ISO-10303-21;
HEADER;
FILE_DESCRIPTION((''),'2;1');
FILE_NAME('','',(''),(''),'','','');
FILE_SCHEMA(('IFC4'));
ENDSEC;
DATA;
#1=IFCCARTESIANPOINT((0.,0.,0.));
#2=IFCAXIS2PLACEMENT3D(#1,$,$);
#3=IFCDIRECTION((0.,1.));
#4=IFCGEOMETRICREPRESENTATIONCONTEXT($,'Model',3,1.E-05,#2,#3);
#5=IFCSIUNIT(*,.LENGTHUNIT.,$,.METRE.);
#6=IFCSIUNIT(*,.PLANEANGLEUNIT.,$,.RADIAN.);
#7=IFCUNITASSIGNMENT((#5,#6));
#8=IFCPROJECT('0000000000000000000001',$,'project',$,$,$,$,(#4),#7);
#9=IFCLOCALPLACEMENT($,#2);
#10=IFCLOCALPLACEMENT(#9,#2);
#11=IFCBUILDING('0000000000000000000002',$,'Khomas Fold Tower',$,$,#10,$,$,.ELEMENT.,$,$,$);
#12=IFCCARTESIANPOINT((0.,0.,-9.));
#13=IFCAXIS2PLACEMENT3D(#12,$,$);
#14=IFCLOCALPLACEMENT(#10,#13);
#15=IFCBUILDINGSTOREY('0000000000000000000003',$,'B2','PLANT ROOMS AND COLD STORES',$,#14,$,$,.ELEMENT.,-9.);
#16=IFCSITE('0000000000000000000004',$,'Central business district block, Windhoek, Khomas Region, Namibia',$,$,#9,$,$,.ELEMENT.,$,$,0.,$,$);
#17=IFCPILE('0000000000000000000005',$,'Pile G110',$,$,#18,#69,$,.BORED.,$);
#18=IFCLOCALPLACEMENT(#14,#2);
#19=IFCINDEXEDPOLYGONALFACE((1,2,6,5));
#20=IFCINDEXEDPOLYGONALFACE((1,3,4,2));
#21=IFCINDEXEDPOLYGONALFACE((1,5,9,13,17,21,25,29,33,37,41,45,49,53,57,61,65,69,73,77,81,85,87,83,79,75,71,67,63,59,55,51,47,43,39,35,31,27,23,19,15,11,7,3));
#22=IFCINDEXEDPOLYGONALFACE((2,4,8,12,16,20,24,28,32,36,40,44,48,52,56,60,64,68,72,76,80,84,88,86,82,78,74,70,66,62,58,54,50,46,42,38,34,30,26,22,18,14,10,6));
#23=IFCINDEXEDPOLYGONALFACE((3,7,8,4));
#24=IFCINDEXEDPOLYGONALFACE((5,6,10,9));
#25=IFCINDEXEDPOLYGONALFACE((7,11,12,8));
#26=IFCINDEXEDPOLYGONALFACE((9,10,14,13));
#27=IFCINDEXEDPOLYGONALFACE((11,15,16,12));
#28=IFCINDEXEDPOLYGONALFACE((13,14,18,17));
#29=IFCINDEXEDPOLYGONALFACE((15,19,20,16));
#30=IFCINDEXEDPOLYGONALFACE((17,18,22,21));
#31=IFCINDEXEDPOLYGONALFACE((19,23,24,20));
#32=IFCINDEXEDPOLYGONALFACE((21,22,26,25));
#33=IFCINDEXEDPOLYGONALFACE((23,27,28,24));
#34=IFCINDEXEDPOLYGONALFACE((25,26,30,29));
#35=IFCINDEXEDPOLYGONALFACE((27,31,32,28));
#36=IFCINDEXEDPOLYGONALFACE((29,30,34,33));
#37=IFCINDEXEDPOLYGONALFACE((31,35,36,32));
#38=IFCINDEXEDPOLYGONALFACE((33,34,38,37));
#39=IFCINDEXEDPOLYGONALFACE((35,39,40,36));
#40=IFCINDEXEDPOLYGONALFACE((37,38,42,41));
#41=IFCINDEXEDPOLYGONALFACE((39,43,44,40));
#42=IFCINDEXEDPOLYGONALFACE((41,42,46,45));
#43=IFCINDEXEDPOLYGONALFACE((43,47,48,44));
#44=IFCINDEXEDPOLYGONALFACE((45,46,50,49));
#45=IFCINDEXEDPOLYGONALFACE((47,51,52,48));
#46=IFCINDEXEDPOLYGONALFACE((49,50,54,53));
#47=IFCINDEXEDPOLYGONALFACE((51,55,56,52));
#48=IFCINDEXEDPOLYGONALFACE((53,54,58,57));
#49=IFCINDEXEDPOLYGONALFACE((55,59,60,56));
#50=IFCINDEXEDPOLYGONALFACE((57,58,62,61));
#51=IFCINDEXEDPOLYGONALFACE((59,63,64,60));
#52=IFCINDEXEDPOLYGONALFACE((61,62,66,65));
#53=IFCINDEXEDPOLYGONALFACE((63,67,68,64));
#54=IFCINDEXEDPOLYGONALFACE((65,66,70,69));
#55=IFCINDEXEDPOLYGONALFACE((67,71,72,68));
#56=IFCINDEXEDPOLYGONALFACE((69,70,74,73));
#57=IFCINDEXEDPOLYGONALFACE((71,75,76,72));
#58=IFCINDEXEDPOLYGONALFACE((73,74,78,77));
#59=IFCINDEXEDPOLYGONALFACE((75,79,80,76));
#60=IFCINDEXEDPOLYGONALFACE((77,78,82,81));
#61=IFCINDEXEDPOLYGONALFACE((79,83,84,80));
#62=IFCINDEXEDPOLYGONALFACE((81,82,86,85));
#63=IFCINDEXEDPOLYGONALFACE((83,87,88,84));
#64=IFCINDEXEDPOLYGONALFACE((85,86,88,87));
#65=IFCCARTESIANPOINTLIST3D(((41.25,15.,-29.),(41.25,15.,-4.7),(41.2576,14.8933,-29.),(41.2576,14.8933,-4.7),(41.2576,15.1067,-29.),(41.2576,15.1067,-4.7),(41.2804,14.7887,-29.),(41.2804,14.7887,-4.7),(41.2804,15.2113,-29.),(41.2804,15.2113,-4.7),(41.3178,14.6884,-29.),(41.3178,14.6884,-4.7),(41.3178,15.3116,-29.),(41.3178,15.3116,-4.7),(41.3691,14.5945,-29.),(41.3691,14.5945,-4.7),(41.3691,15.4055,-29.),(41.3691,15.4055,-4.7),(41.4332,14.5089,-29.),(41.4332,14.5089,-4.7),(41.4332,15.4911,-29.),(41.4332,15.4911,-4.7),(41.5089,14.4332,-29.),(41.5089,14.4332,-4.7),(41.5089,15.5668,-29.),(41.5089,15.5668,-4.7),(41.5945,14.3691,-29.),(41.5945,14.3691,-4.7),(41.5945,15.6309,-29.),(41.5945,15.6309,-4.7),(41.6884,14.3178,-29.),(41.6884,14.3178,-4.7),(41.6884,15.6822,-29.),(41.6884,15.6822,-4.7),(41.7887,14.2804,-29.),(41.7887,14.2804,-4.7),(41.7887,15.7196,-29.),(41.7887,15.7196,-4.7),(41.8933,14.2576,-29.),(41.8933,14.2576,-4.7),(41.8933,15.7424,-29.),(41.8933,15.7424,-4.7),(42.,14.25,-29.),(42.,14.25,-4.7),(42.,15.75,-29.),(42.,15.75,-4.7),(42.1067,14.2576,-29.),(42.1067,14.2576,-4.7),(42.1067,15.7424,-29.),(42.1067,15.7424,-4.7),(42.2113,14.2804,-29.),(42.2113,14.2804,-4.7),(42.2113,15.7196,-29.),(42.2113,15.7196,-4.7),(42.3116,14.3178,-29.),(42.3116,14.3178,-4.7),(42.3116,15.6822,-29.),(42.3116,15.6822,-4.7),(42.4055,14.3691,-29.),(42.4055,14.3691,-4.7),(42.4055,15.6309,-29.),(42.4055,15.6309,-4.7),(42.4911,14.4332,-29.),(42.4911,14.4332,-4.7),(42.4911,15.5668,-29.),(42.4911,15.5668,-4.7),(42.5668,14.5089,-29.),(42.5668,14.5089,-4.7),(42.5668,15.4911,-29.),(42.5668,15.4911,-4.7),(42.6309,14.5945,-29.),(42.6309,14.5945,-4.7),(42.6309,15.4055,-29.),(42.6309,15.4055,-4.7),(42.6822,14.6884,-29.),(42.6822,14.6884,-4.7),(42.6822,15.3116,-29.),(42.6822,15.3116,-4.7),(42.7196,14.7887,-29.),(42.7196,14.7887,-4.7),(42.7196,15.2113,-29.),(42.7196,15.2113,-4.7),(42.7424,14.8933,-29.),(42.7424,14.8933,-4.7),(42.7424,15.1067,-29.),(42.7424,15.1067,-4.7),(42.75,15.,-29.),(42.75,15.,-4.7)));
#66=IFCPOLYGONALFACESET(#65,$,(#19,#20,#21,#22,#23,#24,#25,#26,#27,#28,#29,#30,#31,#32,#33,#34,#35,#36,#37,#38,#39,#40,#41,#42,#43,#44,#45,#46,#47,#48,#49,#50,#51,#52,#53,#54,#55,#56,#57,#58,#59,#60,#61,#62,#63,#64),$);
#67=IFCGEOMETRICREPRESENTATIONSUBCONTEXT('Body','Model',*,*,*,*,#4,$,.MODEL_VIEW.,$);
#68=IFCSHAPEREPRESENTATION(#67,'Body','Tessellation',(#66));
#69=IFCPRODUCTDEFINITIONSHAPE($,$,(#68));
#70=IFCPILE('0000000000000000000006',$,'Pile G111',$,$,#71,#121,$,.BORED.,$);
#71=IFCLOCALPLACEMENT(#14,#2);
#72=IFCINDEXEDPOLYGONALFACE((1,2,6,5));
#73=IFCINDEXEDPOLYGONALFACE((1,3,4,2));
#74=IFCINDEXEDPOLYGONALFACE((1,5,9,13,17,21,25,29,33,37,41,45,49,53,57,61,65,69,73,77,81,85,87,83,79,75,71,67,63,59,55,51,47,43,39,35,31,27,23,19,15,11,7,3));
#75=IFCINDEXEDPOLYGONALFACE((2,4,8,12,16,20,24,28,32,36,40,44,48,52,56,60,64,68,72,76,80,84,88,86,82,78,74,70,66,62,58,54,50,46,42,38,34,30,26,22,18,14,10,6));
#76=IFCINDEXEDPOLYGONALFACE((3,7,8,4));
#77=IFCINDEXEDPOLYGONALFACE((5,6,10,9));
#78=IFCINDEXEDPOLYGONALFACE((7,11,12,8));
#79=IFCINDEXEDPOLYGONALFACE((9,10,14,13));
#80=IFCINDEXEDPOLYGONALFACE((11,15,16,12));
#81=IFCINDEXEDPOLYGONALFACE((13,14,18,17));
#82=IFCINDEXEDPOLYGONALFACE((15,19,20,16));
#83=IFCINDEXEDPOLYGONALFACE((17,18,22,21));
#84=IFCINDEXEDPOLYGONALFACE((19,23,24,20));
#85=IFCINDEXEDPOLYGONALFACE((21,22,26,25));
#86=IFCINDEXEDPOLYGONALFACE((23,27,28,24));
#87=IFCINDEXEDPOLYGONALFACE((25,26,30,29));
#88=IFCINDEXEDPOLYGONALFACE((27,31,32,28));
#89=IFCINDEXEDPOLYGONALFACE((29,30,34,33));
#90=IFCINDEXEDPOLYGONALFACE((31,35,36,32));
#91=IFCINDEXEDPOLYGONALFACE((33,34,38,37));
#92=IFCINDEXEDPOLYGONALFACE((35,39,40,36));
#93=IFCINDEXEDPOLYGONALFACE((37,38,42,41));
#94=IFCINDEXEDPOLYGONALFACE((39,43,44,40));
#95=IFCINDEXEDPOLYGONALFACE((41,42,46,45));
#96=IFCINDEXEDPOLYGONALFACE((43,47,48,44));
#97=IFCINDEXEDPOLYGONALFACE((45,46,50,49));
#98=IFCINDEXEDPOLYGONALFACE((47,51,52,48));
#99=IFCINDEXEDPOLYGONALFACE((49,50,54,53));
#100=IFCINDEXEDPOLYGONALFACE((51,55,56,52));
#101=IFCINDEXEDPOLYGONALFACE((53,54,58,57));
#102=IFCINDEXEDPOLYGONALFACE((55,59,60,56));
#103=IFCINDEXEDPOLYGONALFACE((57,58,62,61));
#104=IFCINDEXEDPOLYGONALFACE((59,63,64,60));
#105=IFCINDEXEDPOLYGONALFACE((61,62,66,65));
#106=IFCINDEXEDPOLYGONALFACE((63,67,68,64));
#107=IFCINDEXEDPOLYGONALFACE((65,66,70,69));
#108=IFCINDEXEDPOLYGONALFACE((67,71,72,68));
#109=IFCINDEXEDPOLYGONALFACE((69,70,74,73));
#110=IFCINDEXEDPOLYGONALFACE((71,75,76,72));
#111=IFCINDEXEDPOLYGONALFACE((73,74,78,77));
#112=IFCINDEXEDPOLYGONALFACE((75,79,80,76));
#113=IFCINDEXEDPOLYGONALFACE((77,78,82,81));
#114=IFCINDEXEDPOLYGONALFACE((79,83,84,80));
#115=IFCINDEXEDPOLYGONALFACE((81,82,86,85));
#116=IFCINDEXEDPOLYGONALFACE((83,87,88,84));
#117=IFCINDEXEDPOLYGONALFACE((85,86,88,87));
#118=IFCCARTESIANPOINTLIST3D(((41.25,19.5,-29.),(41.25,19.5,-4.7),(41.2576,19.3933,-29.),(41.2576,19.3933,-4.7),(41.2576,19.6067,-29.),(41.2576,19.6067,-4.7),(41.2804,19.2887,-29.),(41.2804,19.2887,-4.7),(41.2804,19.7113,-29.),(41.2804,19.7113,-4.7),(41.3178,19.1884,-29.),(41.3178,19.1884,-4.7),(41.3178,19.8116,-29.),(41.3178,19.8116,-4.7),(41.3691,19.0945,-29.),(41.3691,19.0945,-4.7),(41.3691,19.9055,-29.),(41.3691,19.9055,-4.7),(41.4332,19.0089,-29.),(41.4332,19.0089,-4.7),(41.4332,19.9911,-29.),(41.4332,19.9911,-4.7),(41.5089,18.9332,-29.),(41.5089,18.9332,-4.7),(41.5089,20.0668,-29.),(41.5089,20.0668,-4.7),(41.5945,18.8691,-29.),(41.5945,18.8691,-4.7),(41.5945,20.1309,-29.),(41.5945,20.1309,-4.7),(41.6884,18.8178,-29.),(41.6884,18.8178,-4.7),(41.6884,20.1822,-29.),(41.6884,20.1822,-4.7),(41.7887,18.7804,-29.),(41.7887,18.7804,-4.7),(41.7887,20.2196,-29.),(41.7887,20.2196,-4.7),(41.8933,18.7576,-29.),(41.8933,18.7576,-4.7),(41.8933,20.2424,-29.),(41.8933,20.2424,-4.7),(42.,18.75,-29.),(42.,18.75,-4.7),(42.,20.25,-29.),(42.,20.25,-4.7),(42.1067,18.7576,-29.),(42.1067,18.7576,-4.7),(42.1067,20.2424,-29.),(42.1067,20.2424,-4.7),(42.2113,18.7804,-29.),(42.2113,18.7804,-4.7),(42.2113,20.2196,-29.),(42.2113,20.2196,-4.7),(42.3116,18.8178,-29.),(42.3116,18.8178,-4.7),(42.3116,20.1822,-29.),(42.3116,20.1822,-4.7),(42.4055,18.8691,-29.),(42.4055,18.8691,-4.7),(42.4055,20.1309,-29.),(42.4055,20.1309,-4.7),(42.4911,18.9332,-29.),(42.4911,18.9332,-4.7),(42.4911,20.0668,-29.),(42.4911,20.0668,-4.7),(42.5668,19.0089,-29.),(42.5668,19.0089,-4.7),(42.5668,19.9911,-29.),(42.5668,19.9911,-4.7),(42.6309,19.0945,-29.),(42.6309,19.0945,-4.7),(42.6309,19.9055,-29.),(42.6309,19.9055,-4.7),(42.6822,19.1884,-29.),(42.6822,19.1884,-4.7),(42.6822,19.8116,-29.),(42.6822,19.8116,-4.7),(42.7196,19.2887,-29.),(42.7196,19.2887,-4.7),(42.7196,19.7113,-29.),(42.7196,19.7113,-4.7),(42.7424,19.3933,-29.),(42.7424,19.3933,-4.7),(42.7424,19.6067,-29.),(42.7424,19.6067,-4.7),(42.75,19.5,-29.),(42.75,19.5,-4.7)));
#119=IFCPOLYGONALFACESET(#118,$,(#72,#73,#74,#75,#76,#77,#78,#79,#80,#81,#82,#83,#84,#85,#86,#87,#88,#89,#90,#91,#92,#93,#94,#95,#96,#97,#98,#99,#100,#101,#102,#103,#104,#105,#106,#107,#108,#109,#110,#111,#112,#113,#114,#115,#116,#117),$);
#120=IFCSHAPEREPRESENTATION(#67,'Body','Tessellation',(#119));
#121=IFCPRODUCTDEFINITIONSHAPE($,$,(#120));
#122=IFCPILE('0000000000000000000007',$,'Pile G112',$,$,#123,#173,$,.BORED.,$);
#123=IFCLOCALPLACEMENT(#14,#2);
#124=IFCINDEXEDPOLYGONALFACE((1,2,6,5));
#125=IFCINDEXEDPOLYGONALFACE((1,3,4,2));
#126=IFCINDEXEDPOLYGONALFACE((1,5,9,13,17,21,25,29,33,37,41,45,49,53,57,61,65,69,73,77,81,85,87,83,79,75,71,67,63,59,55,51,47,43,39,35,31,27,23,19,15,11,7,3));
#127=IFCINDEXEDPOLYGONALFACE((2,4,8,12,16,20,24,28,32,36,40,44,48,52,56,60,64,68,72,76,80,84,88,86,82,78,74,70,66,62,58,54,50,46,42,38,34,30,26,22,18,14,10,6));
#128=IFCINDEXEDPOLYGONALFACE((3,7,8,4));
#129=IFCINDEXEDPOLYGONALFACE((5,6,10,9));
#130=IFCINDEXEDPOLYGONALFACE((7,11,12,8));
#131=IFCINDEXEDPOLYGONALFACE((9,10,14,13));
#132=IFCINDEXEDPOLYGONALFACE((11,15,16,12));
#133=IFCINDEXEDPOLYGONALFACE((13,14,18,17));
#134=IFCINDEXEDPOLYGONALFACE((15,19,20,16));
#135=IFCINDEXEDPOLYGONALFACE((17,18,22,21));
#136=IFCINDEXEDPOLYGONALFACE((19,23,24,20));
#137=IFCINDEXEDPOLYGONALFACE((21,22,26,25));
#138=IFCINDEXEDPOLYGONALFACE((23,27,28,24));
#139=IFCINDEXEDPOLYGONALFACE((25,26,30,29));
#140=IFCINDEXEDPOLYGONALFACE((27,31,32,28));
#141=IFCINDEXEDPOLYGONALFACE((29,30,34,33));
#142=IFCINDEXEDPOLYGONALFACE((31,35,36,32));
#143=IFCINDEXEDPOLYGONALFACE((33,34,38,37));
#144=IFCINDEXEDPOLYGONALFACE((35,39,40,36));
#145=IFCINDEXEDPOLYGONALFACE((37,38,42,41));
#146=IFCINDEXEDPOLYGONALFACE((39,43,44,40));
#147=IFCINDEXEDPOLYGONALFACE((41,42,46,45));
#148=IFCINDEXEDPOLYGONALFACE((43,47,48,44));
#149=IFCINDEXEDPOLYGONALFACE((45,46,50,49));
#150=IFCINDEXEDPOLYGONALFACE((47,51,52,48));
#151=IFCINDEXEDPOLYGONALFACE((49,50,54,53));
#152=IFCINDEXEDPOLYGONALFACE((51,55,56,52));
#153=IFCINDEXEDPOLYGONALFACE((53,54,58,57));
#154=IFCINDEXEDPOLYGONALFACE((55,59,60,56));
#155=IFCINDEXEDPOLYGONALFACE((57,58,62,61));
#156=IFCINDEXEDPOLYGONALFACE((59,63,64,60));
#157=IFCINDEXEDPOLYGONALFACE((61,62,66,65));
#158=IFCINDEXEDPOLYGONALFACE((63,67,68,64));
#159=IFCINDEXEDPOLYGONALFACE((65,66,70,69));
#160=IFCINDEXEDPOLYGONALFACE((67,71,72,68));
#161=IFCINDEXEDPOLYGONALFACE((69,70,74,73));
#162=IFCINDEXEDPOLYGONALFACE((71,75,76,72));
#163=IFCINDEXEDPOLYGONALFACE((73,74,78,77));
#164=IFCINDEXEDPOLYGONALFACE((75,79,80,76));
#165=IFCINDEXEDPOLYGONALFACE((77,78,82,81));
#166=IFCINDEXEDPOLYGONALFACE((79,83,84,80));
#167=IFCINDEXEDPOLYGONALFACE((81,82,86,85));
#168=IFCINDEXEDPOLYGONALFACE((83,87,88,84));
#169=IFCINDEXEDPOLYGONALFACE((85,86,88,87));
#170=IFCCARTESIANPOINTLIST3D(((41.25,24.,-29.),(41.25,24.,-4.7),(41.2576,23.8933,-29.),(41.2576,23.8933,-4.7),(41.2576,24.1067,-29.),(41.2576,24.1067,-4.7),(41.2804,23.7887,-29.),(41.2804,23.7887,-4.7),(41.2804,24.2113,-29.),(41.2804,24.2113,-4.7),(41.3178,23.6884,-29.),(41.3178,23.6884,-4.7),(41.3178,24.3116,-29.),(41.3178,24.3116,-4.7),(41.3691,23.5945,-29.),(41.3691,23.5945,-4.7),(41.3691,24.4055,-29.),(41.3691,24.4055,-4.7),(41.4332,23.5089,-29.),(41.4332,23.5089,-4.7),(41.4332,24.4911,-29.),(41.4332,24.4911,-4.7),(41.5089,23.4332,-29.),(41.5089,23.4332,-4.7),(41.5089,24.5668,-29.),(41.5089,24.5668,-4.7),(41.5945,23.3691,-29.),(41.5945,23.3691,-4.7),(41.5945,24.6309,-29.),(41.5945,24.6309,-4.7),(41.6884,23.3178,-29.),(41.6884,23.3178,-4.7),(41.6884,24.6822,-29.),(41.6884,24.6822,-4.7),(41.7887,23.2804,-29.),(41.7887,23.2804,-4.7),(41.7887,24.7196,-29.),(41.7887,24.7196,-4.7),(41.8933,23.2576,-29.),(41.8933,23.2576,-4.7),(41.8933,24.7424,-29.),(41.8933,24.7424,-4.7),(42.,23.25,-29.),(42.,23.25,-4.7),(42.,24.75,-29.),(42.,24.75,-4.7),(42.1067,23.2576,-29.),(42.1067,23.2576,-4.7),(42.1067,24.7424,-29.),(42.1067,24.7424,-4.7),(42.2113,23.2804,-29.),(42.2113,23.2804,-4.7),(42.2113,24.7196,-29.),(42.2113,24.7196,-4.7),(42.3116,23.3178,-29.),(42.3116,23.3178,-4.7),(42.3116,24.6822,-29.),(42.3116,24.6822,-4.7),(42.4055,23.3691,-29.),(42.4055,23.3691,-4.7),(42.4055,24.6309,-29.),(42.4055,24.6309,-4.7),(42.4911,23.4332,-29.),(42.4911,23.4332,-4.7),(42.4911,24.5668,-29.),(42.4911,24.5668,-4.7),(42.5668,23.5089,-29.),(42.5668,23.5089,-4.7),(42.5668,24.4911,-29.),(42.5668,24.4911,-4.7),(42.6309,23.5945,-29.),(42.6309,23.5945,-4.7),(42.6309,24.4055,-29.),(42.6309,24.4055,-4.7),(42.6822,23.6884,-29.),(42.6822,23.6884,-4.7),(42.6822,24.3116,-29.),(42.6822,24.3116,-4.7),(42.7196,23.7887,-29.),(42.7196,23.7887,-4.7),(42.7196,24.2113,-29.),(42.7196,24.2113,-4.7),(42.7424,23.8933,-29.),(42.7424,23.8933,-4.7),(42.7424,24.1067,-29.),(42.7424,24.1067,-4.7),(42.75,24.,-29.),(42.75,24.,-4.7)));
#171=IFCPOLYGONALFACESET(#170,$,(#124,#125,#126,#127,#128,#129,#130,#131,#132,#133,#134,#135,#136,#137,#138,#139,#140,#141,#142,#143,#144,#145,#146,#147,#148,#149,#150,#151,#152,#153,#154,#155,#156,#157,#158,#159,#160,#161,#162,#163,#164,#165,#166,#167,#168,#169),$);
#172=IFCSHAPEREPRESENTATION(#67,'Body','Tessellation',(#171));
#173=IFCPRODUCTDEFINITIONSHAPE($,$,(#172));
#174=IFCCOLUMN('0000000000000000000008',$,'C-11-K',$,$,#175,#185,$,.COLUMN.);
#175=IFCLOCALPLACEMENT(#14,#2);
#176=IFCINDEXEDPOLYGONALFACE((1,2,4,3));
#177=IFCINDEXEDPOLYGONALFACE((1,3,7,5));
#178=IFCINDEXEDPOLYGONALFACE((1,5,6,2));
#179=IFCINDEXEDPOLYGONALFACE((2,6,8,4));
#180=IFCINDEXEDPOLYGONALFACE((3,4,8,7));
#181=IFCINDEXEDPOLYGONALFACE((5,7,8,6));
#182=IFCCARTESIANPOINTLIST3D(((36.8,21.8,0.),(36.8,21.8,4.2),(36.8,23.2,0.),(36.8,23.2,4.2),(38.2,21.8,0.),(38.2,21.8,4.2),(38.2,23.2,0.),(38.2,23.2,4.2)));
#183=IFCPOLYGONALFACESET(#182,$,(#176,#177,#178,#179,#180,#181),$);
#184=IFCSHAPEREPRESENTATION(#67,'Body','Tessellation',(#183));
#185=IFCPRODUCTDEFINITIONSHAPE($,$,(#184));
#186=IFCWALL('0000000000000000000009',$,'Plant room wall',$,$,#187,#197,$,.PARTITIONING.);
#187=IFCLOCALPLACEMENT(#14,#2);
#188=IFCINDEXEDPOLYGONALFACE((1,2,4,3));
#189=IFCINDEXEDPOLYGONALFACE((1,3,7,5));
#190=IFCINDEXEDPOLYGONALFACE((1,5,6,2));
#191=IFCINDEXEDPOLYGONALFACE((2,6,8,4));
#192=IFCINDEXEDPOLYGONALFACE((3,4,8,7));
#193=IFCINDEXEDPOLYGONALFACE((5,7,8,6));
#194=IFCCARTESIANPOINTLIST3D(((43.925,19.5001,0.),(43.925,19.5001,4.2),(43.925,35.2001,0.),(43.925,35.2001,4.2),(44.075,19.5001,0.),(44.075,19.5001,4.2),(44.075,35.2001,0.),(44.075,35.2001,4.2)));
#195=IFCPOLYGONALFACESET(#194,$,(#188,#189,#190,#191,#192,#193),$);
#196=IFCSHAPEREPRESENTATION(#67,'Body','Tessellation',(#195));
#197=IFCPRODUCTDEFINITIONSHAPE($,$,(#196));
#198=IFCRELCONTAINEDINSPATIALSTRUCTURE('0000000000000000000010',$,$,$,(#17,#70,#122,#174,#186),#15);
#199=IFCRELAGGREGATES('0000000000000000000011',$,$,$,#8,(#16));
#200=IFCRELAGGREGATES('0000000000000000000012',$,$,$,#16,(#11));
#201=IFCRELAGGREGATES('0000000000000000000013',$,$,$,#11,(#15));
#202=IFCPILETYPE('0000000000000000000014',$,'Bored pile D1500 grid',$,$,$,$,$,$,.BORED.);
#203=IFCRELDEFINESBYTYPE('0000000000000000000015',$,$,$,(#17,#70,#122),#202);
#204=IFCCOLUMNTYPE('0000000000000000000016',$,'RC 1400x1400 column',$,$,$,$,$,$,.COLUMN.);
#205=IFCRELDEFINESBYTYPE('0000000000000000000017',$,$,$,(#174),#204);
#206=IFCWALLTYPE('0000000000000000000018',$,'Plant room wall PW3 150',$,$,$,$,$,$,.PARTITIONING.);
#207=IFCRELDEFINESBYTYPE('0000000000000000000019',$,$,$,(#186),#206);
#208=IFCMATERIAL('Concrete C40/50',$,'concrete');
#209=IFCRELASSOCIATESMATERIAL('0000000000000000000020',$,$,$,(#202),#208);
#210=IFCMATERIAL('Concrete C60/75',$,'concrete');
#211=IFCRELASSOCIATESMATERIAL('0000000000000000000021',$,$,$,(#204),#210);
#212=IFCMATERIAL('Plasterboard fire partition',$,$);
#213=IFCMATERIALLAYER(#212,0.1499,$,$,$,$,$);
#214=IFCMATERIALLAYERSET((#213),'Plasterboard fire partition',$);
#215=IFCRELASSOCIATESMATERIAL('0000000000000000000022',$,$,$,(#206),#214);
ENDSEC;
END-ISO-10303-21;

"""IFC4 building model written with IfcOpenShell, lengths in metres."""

from ifc_helpers import new_model, si_unit, direction, frame, frame_2d, origin, origin_2d, place, context, subcontext, project, spatial, rectangle, circle, extrude, source, transform, mapped, material, layer, layer_set, material_profile, profile_set, type_object, element, save


model = new_model("IFC4")

# Units and contexts
model_context = context("Model", 3, precision=1e-05, world=origin(), true_north=direction((0.0, 1.0)))
body_context = subcontext(model_context, "Body", "Model", "MODEL_VIEW")
ifc_project = project(units=[si_unit("LENGTHUNIT", "METRE"), si_unit("PLANEANGLEUNIT", "RADIAN")], contexts=[model_context])

# Site, building, storey
site_placement = place(None, origin())
site = spatial("IfcSite", under=ifc_project, at=site_placement, Name="Central business district block, Windhoek, Khomas Region, Namibia", CompositionType="ELEMENT", RefElevation=0.0)
building_placement = place(site_placement, origin())
building = spatial("IfcBuilding", under=site, at=building_placement, Name="Khomas Fold Tower", CompositionType="ELEMENT")
storey_placement = place(building_placement, frame((0.0, 0.0, -9.0)))
storey = spatial("IfcBuildingStorey", under=building, at=storey_placement, Name="B2", Description="PLANT ROOMS AND COLD STORES", CompositionType="ELEMENT", Elevation=-9.0)

# Piles
ifc_material_1 = material(Name="Concrete C40/50", Category="concrete")
ifc_material_profile_1 = material_profile(ifc_material_1, circle(Radius=0.75, at=origin_2d()), Name="PILE D1500")
ifc_profile_set_1 = profile_set([ifc_material_profile_1], Name="Concrete C40/50")
pile_type = type_object("IfcPileType", Name="Bored pile D1500 grid", PredefinedType="BORED", material=ifc_profile_set_1)
shared_shape_1 = source(origin(), body_context, "Body", "SweptSolid", [
    extrude(circle(Radius=0.75, at=origin_2d()), origin(), (0.0, 0.0, 1.0), 24.3),
])
for number, where, z_axis, x_axis, name in (
    (1, (42.0, 15.0, -4.7), (0.0, 0.0, -1.0), (1.0, 0.0, 0.0), "Pile G110"),
    (2, (42.0, 19.5, -4.7), (0.0, 0.0, -1.0), (1.0, 0.0, 0.0), "Pile G111"),
    (3, (42.0, 24.0, -4.7), (0.0, 0.0, -1.0), (1.0, 0.0, 0.0), "Pile G112"),
):
    element("IfcPile", number, at=place(storey_placement, frame(where, z_axis=z_axis, x_axis=x_axis)), inside=storey, type_object=pile_type, Name=name, PredefinedType="BORED", context=body_context, shape_type="MappedRepresentation", body=[
        mapped(shared_shape_1, transform((0.0, 0.0, 0.0))),
    ])

# Column
ifc_material_2 = material(Name="Concrete C60/75", Category="concrete")
ifc_material_profile_2 = material_profile(ifc_material_2, rectangle(XDim=1.3999, YDim=1.3999, at=origin_2d()), Name="RC 1400x1400")
ifc_profile_set_2 = profile_set([ifc_material_profile_2], Name="Concrete C60/75")
column_type = type_object("IfcColumnType", Name="RC 1400x1400 column", PredefinedType="COLUMN", material=ifc_profile_set_2)
shared_shape_2 = source(origin(), body_context, "Body", "SweptSolid", [
    extrude(rectangle(XDim=1.3999, YDim=1.3999, at=origin_2d()), origin(), (0.0, 0.0, 1.0), 4.2),
])
column_placement = place(storey_placement, frame((37.5, 22.5, 0.0), z_axis=(0.0, 0.0, 1.0), x_axis=(1.0, 0.0, 0.0)))
element("IfcColumn", 4, at=column_placement, inside=storey, type_object=column_type, Name="C-11-K", PredefinedType="COLUMN", context=body_context, shape_type="MappedRepresentation", body=[
    mapped(shared_shape_2, transform((0.0, 0.0, 0.0))),
])

# Wall
ifc_material_3 = material(Name="Plasterboard fire partition")
ifc_layer = layer(ifc_material_3, 0.1499)
ifc_layer_set = layer_set([ifc_layer], Name="Plasterboard fire partition")
wall_type = type_object("IfcWallType", Name="Plant room wall PW3 150", PredefinedType="PARTITIONING", material=ifc_layer_set)
shared_shape_3 = source(origin(), body_context, "Body", "SweptSolid", [
    extrude(rectangle(XDim=15.7, YDim=0.1499, at=frame_2d((7.8501, 0.0))), origin(), (0.0, 0.0, 1.0), 4.2),
])
wall_placement = place(storey_placement, frame((44.0, 19.5, 0.0), z_axis=(0.0, 0.0, 1.0), x_axis=(0.0, 1.0, 0.0)))
element("IfcWall", 5, at=wall_placement, inside=storey, type_object=wall_type, Name="Plant room wall", PredefinedType="PARTITIONING", context=body_context, shape_type="MappedRepresentation", body=[
    mapped(shared_shape_3, transform((0.0, 0.0, 0.0))),
])

save(model, "model.ifc")
